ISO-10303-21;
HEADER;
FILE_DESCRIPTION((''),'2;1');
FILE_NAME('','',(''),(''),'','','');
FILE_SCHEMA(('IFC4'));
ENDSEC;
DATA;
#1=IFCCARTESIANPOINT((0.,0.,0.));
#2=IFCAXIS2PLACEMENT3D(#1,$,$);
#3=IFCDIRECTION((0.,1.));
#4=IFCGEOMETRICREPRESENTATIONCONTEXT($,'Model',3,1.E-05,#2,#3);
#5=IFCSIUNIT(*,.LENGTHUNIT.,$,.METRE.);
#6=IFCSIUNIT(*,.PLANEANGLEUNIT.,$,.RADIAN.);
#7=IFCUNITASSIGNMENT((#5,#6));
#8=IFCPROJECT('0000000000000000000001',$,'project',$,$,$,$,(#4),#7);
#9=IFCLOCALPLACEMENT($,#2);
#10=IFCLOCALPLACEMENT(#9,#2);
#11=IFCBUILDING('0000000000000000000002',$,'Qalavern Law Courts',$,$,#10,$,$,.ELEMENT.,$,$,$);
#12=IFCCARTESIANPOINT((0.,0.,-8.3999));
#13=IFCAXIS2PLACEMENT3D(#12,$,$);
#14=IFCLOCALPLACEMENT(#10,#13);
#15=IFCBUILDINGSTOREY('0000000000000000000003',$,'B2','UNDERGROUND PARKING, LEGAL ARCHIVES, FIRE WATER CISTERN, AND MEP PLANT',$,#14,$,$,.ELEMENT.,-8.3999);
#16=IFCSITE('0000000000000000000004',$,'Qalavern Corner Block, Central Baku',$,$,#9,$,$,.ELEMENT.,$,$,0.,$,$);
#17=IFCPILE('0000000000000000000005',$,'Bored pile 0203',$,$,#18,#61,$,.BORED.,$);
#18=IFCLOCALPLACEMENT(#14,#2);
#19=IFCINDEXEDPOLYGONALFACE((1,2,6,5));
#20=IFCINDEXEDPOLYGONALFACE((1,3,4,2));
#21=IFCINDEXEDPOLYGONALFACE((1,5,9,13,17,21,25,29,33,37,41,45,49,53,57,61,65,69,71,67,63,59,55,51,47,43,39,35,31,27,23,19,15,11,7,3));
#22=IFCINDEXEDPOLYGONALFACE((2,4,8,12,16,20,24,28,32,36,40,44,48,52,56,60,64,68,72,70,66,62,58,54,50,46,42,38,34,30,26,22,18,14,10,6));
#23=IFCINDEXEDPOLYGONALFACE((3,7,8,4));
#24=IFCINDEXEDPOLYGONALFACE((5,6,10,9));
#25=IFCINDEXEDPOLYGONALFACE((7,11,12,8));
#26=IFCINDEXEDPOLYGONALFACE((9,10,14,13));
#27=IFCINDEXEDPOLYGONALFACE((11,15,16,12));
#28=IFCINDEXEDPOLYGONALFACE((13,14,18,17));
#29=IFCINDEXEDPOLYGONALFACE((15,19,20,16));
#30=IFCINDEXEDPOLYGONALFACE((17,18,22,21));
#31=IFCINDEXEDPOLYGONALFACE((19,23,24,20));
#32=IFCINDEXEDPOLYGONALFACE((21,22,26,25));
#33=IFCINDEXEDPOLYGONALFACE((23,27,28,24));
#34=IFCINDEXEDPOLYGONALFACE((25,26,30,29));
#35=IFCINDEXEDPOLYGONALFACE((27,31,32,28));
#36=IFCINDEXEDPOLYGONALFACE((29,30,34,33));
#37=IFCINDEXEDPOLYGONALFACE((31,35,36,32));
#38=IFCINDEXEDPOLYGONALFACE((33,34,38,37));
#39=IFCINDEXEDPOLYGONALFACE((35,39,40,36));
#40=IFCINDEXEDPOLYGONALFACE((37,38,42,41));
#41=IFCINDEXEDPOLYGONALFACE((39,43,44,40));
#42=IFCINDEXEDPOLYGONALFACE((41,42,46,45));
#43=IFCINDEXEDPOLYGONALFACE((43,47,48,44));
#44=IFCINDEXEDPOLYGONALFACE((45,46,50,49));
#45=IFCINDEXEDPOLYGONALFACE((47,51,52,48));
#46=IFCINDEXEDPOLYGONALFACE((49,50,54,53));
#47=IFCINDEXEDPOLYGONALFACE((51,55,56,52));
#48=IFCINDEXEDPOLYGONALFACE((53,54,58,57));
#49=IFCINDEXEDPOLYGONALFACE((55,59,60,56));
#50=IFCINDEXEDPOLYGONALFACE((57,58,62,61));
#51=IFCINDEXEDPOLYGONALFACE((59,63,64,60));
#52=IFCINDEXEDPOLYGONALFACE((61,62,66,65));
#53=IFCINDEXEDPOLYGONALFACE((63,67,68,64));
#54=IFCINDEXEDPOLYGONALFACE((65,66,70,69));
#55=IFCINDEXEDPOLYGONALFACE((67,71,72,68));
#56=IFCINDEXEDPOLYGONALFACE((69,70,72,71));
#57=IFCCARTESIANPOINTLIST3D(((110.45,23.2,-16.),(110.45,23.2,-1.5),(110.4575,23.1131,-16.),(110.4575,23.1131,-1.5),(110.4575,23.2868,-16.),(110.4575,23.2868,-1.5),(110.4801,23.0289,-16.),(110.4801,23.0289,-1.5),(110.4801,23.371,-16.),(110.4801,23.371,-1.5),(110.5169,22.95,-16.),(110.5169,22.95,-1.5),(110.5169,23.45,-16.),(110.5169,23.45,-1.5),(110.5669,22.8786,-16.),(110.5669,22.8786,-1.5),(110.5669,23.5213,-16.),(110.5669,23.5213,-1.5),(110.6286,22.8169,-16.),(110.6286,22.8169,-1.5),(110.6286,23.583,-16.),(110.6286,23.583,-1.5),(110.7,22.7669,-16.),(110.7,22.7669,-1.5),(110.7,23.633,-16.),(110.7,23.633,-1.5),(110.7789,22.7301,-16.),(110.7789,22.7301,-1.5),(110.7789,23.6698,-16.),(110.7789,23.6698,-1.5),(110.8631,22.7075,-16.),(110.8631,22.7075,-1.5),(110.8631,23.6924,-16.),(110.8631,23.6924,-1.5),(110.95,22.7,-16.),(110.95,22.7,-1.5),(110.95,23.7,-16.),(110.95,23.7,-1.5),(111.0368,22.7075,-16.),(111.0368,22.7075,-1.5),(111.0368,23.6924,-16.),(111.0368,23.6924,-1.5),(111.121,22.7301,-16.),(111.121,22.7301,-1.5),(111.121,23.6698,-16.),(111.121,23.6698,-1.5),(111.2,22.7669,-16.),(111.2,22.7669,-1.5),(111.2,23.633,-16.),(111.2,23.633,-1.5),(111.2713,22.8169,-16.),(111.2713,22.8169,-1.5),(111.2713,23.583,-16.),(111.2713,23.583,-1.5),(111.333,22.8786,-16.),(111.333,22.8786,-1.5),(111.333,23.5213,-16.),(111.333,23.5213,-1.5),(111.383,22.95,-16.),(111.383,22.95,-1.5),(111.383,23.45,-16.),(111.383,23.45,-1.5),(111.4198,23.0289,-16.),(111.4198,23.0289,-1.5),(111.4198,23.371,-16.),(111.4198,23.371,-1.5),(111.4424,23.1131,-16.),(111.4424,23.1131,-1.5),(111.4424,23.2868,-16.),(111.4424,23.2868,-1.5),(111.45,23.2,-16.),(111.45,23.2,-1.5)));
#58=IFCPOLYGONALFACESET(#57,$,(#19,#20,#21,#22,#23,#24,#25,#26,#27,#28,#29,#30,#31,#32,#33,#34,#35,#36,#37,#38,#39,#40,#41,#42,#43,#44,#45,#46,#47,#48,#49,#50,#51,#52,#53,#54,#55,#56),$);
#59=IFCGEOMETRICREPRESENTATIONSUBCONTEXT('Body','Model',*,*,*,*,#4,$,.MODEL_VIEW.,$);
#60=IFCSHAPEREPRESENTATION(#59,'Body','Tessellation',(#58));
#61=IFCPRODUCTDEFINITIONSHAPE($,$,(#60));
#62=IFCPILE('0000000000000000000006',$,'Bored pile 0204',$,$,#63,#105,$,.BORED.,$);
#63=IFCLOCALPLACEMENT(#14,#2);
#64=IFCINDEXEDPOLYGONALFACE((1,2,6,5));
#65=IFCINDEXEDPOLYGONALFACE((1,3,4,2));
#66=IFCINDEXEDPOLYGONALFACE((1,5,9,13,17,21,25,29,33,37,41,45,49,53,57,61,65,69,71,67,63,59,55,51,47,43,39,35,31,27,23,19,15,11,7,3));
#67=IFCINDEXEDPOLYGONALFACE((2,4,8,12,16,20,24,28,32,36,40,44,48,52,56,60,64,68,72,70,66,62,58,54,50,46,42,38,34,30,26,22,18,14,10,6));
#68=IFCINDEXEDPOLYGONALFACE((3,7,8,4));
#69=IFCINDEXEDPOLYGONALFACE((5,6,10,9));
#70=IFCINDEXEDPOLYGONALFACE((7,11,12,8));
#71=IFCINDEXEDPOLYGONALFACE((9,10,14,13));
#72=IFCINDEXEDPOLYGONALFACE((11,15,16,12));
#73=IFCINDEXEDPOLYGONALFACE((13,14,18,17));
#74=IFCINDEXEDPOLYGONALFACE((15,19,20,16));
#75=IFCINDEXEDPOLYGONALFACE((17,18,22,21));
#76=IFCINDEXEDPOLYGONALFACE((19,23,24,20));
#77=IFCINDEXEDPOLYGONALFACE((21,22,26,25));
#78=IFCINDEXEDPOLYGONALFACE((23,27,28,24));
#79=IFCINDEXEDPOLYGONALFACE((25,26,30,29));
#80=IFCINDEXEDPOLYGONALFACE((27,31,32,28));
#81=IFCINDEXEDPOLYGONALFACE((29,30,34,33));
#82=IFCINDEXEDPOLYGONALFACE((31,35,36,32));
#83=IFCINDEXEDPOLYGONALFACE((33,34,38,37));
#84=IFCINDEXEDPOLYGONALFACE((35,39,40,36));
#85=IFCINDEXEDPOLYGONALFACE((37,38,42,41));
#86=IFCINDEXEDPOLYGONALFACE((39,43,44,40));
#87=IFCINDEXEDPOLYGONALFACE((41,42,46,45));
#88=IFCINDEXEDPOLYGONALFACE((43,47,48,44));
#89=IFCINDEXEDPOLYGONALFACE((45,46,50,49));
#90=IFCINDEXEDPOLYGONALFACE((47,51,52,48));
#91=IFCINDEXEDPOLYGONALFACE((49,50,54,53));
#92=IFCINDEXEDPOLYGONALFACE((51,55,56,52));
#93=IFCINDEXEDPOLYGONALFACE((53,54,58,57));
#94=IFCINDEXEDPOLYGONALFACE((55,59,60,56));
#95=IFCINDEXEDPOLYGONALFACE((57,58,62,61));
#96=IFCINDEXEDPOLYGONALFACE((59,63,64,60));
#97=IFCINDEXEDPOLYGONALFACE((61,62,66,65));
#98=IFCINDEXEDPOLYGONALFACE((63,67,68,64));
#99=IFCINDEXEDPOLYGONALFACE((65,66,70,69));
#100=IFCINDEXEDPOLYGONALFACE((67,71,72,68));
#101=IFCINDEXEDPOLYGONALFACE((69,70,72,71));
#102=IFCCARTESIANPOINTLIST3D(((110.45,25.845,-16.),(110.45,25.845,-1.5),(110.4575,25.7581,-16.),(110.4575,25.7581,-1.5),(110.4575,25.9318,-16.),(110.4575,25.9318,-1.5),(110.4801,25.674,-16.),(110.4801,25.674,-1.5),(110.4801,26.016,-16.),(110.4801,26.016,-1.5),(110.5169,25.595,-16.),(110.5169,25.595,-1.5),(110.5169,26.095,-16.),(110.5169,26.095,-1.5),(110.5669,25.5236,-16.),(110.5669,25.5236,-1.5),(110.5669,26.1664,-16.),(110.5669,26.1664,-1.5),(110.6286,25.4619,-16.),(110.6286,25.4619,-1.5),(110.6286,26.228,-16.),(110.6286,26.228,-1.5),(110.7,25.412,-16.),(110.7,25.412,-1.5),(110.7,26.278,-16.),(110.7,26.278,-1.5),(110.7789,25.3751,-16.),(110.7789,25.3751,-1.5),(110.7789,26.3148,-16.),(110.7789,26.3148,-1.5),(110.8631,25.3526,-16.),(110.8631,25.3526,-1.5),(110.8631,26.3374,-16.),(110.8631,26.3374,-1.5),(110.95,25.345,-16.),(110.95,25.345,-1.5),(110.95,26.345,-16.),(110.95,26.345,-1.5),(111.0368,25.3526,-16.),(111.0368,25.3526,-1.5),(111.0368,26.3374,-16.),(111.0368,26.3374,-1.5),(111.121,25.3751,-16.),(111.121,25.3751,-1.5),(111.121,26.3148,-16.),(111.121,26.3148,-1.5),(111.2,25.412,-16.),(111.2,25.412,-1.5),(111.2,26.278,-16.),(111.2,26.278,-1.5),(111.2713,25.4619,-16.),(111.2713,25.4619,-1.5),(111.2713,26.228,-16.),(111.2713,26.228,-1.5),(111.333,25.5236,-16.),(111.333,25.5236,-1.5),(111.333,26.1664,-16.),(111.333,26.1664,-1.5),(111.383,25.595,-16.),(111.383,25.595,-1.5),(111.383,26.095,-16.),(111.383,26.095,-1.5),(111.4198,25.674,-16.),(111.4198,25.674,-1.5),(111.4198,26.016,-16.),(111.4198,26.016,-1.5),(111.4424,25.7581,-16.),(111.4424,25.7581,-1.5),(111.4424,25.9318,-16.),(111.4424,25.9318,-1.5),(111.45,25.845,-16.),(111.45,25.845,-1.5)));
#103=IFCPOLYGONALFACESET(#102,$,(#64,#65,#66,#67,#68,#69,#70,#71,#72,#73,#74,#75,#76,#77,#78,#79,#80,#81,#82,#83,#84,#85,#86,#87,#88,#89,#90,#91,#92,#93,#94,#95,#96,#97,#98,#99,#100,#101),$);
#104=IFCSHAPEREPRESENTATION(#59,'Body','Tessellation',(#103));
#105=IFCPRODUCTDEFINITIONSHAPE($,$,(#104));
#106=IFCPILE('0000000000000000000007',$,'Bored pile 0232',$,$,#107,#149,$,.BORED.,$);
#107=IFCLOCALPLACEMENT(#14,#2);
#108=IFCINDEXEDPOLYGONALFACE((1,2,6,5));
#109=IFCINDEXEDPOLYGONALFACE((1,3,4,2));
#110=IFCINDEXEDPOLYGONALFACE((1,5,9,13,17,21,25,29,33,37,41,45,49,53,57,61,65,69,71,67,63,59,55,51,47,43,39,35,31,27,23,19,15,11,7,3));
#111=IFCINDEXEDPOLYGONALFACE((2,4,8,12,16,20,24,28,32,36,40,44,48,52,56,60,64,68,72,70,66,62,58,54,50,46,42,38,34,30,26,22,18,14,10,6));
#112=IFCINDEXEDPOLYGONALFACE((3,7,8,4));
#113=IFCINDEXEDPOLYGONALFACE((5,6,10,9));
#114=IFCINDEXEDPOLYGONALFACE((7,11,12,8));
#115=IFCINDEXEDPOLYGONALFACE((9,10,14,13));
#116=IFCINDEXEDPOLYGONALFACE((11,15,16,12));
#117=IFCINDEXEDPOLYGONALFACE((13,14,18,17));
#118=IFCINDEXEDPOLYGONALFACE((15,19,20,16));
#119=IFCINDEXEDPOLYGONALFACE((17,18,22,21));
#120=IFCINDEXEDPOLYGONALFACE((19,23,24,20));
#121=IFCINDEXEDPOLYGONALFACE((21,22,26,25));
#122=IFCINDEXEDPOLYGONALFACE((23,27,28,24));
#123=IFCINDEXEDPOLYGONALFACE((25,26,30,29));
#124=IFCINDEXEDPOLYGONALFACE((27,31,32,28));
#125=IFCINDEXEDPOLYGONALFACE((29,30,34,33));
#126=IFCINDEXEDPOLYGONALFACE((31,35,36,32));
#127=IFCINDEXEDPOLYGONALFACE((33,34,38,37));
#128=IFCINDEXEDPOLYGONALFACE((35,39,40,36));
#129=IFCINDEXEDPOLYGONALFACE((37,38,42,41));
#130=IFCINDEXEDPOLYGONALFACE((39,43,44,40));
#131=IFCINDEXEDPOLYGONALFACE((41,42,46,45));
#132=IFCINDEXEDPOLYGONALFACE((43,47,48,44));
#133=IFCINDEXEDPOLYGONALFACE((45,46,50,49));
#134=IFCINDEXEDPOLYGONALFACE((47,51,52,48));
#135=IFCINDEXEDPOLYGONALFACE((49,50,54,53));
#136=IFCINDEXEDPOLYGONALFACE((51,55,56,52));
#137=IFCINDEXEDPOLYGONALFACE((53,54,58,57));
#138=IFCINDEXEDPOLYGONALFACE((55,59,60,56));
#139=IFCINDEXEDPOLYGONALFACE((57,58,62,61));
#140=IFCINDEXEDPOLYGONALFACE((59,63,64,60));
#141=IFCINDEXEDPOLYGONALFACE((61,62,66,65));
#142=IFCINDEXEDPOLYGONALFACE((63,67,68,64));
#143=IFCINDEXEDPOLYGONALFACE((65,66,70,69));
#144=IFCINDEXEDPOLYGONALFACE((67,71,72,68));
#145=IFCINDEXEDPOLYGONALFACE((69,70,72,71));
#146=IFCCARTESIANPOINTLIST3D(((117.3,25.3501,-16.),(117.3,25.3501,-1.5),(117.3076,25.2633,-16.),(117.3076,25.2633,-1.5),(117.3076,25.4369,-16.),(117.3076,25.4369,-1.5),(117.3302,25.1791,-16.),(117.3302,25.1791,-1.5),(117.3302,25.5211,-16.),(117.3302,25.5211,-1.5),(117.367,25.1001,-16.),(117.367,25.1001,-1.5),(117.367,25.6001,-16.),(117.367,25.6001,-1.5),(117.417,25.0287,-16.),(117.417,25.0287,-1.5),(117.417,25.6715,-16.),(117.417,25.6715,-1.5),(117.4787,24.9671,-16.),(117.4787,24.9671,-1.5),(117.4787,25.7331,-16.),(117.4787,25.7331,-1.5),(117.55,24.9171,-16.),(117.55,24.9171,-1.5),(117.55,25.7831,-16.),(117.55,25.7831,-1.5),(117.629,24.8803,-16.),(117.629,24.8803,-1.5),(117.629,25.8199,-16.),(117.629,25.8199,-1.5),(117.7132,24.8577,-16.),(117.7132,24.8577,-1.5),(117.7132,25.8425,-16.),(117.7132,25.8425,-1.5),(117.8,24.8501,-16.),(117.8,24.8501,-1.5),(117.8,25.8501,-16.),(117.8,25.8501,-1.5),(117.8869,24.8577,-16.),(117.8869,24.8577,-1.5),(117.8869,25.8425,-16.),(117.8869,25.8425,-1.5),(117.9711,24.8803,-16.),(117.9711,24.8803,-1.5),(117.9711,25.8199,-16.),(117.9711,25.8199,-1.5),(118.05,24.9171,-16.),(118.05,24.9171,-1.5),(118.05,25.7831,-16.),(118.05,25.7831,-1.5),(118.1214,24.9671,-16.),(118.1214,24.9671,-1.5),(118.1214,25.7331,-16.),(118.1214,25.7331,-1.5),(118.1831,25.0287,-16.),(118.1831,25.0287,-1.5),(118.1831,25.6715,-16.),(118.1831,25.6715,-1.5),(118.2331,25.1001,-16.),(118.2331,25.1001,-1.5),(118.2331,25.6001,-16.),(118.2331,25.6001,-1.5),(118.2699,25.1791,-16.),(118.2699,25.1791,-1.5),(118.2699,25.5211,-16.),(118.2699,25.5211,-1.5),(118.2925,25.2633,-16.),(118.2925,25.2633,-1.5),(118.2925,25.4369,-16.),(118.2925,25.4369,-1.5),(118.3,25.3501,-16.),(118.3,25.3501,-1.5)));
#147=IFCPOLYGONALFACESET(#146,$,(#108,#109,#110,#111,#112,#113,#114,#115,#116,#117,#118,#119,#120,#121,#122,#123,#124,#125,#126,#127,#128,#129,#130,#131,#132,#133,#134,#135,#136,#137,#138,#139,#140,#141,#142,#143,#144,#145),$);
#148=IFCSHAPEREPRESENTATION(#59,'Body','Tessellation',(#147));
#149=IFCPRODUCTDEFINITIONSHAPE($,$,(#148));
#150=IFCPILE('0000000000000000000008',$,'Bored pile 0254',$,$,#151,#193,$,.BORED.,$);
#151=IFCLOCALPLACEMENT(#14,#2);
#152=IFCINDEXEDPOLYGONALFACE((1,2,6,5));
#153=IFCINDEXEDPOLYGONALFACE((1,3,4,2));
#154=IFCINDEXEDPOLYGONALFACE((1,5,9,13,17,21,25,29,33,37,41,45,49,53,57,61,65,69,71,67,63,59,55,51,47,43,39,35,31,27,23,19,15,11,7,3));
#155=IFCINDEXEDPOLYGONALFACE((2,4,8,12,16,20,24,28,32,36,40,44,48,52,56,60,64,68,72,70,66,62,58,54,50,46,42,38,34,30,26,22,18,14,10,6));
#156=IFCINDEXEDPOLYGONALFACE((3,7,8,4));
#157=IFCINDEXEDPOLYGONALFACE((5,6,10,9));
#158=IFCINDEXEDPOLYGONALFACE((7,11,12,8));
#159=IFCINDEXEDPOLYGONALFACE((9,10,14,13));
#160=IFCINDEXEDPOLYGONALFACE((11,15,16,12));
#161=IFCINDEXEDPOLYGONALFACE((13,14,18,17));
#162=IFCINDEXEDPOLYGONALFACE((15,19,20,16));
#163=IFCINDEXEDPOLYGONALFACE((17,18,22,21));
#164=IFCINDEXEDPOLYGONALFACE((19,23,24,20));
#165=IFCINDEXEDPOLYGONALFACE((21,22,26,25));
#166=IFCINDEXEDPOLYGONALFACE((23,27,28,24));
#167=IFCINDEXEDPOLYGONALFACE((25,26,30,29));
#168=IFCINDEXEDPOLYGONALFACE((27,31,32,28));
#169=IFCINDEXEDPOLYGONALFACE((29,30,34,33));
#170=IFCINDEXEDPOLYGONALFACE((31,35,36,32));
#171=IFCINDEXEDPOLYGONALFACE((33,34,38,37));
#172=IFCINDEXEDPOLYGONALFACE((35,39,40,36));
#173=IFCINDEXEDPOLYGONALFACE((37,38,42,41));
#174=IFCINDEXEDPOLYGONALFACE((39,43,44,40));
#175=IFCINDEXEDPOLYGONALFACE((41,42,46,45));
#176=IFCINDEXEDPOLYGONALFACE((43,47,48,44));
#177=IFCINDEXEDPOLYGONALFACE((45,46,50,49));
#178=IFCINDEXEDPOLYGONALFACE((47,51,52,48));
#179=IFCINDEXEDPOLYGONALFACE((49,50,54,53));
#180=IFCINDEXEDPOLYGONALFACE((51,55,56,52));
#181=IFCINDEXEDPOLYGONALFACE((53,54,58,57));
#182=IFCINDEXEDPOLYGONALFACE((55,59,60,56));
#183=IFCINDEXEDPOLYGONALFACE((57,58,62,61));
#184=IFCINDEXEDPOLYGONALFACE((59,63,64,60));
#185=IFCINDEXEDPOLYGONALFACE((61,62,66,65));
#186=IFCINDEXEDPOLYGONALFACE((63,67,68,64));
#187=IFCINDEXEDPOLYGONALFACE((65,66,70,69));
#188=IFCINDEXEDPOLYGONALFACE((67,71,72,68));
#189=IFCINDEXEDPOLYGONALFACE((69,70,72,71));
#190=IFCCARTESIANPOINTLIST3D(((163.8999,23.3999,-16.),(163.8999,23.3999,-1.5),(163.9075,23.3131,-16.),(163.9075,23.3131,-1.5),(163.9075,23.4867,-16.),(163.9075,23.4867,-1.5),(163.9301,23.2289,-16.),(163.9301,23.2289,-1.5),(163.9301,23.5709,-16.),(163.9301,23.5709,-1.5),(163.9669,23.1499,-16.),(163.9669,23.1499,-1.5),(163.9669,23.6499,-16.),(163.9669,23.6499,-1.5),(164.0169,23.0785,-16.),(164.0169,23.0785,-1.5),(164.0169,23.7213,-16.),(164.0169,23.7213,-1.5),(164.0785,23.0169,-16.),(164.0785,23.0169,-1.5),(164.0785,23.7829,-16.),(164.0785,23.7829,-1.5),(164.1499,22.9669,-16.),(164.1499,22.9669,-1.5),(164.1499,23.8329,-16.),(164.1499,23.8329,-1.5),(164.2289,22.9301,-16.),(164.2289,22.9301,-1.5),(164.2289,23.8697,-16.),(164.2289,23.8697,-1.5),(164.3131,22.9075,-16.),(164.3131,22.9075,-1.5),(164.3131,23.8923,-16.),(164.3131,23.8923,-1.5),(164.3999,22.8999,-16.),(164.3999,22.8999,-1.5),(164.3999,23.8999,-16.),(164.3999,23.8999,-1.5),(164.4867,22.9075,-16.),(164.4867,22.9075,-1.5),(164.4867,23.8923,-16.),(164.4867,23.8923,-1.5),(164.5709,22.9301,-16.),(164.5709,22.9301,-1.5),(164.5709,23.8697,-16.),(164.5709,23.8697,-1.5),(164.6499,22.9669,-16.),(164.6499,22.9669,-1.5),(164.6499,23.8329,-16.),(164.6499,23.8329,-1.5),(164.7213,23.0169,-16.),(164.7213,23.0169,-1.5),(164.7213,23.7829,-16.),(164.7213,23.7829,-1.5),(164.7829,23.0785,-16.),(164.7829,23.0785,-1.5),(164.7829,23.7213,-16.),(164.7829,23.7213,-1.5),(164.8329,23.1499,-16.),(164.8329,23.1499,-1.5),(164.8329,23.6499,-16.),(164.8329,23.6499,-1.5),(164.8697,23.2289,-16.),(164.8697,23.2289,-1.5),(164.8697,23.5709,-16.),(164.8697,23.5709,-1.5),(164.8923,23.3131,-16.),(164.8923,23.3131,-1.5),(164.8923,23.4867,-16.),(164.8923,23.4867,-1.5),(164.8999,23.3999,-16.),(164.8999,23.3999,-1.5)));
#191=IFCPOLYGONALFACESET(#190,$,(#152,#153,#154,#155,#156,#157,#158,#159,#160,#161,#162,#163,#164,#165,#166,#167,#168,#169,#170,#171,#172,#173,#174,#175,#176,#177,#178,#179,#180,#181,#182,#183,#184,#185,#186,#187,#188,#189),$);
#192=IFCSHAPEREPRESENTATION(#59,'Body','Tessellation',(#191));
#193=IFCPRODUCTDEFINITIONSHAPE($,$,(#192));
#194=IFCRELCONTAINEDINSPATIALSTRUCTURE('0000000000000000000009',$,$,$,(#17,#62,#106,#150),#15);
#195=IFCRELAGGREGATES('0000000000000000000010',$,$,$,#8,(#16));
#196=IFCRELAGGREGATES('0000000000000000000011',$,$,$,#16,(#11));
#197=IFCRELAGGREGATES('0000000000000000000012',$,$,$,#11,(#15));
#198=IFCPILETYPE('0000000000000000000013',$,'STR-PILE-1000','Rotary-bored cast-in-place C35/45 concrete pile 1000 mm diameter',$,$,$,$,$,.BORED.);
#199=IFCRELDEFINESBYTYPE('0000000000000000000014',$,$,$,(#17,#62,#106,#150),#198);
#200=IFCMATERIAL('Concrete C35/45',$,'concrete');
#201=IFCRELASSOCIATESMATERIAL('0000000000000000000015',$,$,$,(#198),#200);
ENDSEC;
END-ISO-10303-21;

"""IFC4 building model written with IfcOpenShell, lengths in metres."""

from ifc_helpers import new_model, si_unit, direction, frame, origin, origin_2d, place, context, subcontext, project, spatial, circle, extrude, material, material_profile, profile_set, type_object, element, save


model = new_model("IFC4")

# Units and contexts
model_context = context("Model", 3, precision=1e-05, world=origin(), true_north=direction((0.0, 1.0)))
body_context = subcontext(model_context, "Body", "Model", "MODEL_VIEW")
ifc_project = project(units=[si_unit("LENGTHUNIT", "METRE"), si_unit("PLANEANGLEUNIT", "RADIAN")], contexts=[model_context])

# Site, building, storey
site_placement = place(None, origin())
site = spatial("IfcSite", under=ifc_project, at=site_placement, Name="Qalavern Corner Block, Central Baku", CompositionType="ELEMENT", RefElevation=0.0)
building_placement = place(site_placement, origin())
building = spatial("IfcBuilding", under=site, at=building_placement, Name="Qalavern Law Courts", CompositionType="ELEMENT")
storey_placement = place(building_placement, frame((0.0, 0.0, -8.3999)))
storey = spatial("IfcBuildingStorey", under=building, at=storey_placement, Name="B2", Description="UNDERGROUND PARKING, LEGAL ARCHIVES, FIRE WATER CISTERN, AND MEP PLANT", CompositionType="ELEMENT", Elevation=-8.3999)

# Shared definitions
ifc_material_1 = material(Name="Concrete C35/45", Category="concrete")

# Piles
ifc_material_profile_1 = material_profile(ifc_material_1, circle(Radius=0.5, at=origin_2d()), Name="BORED PILE 1000")
ifc_profile_set_1 = profile_set([ifc_material_profile_1], Name="Concrete C35/45")
pile_type_1 = type_object("IfcPileType", Name="STR-PILE-1000", Description="Rotary-bored cast-in-place C35/45 concrete pile 1000 mm diameter", PredefinedType="BORED", material=ifc_profile_set_1)
for number, where, z_axis, x_axis, name in (
    (1, (110.95, 23.2, -1.5), (0.0, 0.0, -1.0), (1.0, 0.0, 0.0), "Bored pile 0203"),
    (2, (110.95, 25.845, -1.5), (0.0, 0.0, -1.0), (1.0, 0.0, 0.0), "Bored pile 0204"),
    (3, (117.8, 25.3501, -1.5), (0.0, 0.0, -1.0), (1.0, 0.0, 0.0), "Bored pile 0232"),
    (4, (164.3999, 23.3999, -1.5), (0.0, 0.0, -1.0), (1.0, 0.0, 0.0), "Bored pile 0254"),
):
    element("IfcPile", number, at=place(storey_placement, frame(where, z_axis=z_axis, x_axis=x_axis)), inside=storey, type_object=pile_type_1, Name=name, PredefinedType="BORED", context=body_context, shape_type="SweptSolid", body=[
        extrude(circle(Radius=0.5, at=origin_2d()), origin(), (0.0, 0.0, 1.0), 14.5),
    ])

save(model, "model.ifc")
